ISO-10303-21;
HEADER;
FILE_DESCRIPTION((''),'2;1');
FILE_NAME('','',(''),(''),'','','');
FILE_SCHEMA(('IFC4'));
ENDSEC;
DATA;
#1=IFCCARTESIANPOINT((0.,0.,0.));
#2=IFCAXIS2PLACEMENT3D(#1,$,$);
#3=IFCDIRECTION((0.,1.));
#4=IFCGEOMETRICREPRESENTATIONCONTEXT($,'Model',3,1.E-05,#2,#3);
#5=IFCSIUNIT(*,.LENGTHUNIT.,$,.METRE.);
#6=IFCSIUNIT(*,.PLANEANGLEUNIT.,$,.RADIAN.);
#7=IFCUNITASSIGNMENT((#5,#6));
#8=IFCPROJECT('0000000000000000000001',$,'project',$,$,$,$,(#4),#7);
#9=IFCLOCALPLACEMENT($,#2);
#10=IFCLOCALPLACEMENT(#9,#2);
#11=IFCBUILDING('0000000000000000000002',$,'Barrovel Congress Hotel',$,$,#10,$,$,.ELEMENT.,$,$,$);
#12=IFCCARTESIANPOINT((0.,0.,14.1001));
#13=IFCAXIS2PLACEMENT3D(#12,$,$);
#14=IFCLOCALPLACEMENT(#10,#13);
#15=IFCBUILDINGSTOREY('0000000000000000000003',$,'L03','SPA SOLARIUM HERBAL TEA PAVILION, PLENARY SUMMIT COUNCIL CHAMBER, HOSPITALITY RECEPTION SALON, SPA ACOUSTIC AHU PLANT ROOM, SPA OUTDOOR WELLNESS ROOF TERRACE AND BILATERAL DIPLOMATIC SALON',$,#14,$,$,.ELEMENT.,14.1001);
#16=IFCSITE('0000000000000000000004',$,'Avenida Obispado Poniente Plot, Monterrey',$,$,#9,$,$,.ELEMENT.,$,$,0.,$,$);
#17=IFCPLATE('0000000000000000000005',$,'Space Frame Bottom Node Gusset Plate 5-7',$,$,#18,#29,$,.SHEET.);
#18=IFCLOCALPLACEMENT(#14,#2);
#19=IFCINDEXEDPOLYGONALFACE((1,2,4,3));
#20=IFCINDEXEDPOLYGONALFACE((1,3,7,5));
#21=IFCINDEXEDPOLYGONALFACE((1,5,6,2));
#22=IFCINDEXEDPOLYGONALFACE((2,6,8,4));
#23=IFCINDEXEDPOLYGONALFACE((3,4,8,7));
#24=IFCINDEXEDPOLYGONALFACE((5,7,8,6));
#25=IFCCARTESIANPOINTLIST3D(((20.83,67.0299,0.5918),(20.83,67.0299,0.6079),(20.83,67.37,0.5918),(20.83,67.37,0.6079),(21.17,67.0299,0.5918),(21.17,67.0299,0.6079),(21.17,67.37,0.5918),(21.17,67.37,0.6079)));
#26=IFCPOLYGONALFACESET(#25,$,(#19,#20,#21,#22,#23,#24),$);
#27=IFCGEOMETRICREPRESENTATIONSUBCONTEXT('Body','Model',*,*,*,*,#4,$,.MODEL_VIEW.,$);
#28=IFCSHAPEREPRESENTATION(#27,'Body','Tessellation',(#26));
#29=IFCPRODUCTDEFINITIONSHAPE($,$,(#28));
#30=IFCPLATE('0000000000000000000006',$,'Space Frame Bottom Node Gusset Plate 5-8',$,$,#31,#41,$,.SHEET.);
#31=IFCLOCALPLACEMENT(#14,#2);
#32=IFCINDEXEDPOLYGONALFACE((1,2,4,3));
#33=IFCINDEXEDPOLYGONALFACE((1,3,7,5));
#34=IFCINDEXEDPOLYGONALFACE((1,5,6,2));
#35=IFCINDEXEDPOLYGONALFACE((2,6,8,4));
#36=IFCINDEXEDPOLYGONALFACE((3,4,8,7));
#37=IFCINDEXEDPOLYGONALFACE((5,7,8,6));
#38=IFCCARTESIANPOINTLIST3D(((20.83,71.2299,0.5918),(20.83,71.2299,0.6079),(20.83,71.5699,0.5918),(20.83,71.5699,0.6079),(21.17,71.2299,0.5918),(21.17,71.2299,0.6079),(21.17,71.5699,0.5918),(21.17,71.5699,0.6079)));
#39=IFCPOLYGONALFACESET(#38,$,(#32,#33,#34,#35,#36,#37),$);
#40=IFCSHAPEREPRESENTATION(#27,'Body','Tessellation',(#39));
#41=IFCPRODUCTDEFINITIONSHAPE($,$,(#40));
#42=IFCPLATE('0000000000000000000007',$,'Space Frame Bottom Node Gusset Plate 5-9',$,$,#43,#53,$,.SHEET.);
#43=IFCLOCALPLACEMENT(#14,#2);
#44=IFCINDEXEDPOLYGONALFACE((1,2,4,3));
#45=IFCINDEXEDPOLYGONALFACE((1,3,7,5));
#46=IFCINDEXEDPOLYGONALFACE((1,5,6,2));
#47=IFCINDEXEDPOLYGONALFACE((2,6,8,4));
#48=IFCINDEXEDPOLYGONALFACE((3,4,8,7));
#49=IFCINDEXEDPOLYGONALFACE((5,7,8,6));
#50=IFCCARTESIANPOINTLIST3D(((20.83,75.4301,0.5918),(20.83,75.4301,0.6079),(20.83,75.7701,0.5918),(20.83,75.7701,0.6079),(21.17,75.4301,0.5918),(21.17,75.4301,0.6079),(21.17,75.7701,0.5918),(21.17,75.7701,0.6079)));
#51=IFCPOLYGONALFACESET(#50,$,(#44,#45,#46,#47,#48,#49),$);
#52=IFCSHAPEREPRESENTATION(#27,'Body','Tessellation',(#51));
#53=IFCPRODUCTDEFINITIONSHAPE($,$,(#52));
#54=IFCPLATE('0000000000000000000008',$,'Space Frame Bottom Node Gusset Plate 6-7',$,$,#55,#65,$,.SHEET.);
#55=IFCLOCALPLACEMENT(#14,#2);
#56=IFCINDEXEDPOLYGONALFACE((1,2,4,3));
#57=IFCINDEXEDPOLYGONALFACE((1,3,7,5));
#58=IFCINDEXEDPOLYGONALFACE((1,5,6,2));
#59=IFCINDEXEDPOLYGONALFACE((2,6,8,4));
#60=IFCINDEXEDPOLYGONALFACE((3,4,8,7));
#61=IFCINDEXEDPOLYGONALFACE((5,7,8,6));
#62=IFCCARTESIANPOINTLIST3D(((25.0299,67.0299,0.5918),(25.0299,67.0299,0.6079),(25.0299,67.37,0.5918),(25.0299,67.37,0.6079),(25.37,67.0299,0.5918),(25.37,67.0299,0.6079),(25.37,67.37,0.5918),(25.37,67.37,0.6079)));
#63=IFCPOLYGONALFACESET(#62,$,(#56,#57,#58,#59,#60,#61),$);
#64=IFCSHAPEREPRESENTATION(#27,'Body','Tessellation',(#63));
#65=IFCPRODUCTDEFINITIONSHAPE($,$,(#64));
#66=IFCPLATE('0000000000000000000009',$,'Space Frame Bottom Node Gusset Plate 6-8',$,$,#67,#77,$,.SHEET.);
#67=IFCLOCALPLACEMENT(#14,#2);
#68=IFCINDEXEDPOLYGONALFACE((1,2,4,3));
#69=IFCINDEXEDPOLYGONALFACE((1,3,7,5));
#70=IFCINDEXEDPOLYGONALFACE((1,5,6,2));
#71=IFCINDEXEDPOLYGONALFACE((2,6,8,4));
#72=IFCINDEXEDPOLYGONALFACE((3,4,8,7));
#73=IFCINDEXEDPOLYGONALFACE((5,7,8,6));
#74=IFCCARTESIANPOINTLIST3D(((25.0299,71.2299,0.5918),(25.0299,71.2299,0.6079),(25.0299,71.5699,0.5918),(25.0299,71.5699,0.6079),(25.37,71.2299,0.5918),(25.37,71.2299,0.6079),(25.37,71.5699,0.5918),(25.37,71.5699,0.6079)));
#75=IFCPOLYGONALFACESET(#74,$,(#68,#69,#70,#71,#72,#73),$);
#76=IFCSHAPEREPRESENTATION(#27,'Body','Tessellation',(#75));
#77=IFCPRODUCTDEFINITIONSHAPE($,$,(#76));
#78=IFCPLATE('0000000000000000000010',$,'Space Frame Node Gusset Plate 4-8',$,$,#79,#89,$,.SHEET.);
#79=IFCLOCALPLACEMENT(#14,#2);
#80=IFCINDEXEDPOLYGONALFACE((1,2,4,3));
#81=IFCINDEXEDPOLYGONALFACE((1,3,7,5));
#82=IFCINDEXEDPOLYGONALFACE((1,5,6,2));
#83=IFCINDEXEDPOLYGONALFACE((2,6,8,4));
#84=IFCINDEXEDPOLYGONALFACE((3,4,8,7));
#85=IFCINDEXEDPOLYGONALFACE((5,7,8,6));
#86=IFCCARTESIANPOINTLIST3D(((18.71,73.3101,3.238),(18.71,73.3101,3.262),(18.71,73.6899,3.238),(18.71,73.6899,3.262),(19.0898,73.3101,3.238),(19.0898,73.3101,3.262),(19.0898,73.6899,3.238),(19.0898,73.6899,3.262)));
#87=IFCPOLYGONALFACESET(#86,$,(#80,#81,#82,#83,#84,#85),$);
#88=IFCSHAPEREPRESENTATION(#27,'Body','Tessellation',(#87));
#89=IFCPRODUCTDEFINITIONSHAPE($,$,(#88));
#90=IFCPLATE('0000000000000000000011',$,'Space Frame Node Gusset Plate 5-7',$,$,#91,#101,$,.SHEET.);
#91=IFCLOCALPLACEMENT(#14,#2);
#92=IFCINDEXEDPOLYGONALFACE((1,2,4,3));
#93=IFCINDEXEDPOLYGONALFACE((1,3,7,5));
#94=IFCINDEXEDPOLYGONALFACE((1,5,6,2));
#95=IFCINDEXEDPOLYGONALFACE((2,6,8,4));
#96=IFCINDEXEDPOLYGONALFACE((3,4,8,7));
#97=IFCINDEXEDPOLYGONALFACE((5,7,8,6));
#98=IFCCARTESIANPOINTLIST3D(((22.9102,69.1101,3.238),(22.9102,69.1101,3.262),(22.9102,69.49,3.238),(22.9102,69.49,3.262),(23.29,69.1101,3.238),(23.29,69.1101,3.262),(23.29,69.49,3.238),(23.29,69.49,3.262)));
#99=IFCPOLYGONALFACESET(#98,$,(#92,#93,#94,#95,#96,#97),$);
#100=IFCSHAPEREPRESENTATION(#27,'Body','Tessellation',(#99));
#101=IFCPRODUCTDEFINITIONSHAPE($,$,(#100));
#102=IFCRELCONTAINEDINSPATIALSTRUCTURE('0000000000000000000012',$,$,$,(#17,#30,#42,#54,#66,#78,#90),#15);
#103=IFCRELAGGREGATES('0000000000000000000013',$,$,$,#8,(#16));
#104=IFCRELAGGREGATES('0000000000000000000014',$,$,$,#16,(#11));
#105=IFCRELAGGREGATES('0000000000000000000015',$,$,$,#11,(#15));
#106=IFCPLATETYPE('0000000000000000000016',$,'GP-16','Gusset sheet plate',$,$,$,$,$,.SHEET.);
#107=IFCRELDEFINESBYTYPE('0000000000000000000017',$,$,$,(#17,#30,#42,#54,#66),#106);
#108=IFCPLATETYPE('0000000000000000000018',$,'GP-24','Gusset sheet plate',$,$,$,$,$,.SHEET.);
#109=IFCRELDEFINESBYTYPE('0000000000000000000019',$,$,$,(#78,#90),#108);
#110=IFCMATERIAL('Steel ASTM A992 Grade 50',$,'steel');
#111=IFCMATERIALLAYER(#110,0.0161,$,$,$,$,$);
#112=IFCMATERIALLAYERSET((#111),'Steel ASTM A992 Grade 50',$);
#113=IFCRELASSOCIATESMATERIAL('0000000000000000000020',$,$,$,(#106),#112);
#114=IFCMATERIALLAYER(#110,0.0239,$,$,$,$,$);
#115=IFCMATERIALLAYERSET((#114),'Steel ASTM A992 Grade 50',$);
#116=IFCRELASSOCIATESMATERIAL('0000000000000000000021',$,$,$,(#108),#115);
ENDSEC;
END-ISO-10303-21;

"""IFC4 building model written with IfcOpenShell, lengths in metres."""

from ifc_helpers import new_model, si_unit, direction, frame, origin, origin_2d, place, context, subcontext, project, spatial, rectangle, extrude, material, layer, layer_set, type_object, element, save


model = new_model("IFC4")

# Units and contexts
model_context = context("Model", 3, precision=1e-05, world=origin(), true_north=direction((0.0, 1.0)))
body_context = subcontext(model_context, "Body", "Model", "MODEL_VIEW")
ifc_project = project(units=[si_unit("LENGTHUNIT", "METRE"), si_unit("PLANEANGLEUNIT", "RADIAN")], contexts=[model_context])

# Site, building, storey
site_placement = place(None, origin())
site = spatial("IfcSite", under=ifc_project, at=site_placement, Name="Avenida Obispado Poniente Plot, Monterrey", CompositionType="ELEMENT", RefElevation=0.0)
building_placement = place(site_placement, origin())
building = spatial("IfcBuilding", under=site, at=building_placement, Name="Barrovel Congress Hotel", CompositionType="ELEMENT")
storey_placement = place(building_placement, frame((0.0, 0.0, 14.1001)))
storey = spatial("IfcBuildingStorey", under=building, at=storey_placement, Name="L03", Description="SPA SOLARIUM HERBAL TEA PAVILION, PLENARY SUMMIT COUNCIL CHAMBER, HOSPITALITY RECEPTION SALON, SPA ACOUSTIC AHU PLANT ROOM, SPA OUTDOOR WELLNESS ROOF TERRACE AND BILATERAL DIPLOMATIC SALON", CompositionType="ELEMENT", Elevation=14.1001)

# Plates
ifc_material_1 = material(Name="Steel ASTM A992 Grade 50", Category="steel")
ifc_layer_1 = layer(ifc_material_1, 0.0161)
ifc_layer_set_1 = layer_set([ifc_layer_1], Name="Steel ASTM A992 Grade 50")
plate_type_1 = type_object("IfcPlateType", Name="GP-16", Description="Gusset sheet plate", PredefinedType="SHEET", material=ifc_layer_set_1)
for number, where, z_axis, x_axis, name in (
    (1, (21.0, 67.2, 0.5918), (0.0, 0.0, 1.0), (1.0, 0.0, 0.0), "Space Frame Bottom Node Gusset Plate 5-7"),
    (2, (21.0, 71.3999, 0.5918), (0.0, 0.0, 1.0), (1.0, 0.0, 0.0), "Space Frame Bottom Node Gusset Plate 5-8"),
    (3, (21.0, 75.6001, 0.5918), (0.0, 0.0, 1.0), (1.0, 0.0, 0.0), "Space Frame Bottom Node Gusset Plate 5-9"),
    (4, (25.2, 67.2, 0.5918), (0.0, 0.0, 1.0), (1.0, 0.0, 0.0), "Space Frame Bottom Node Gusset Plate 6-7"),
    (5, (25.2, 71.3999, 0.5918), (0.0, 0.0, 1.0), (1.0, 0.0, 0.0), "Space Frame Bottom Node Gusset Plate 6-8"),
):
    element("IfcPlate", number, at=place(storey_placement, frame(where, z_axis=z_axis, x_axis=x_axis)), inside=storey, type_object=plate_type_1, Name=name, PredefinedType="SHEET", context=body_context, shape_type="SweptSolid", body=[
        extrude(rectangle(XDim=0.3401, YDim=0.3401, at=origin_2d()), origin(), (0.0, 0.0, 1.0), 0.0161),
    ])
ifc_layer_2 = layer(ifc_material_1, 0.0239)
ifc_layer_set_2 = layer_set([ifc_layer_2], Name="Steel ASTM A992 Grade 50")
plate_type_2 = type_object("IfcPlateType", Name="GP-24", Description="Gusset sheet plate", PredefinedType="SHEET", material=ifc_layer_set_2)
for number, where, z_axis, x_axis, name in (
    (6, (18.8999, 73.5, 3.238), (0.0, 0.0, 1.0), (1.0, 0.0, 0.0), "Space Frame Node Gusset Plate 4-8"),
    (7, (23.1001, 69.3, 3.238), (0.0, 0.0, 1.0), (1.0, 0.0, 0.0), "Space Frame Node Gusset Plate 5-7"),
):
    element("IfcPlate", number, at=place(storey_placement, frame(where, z_axis=z_axis, x_axis=x_axis)), inside=storey, type_object=plate_type_2, Name=name, PredefinedType="SHEET", context=body_context, shape_type="SweptSolid", body=[
        extrude(rectangle(XDim=0.3799, YDim=0.3799, at=origin_2d()), origin(), (0.0, 0.0, 1.0), 0.0239),
    ])

save(model, "model.ifc")
